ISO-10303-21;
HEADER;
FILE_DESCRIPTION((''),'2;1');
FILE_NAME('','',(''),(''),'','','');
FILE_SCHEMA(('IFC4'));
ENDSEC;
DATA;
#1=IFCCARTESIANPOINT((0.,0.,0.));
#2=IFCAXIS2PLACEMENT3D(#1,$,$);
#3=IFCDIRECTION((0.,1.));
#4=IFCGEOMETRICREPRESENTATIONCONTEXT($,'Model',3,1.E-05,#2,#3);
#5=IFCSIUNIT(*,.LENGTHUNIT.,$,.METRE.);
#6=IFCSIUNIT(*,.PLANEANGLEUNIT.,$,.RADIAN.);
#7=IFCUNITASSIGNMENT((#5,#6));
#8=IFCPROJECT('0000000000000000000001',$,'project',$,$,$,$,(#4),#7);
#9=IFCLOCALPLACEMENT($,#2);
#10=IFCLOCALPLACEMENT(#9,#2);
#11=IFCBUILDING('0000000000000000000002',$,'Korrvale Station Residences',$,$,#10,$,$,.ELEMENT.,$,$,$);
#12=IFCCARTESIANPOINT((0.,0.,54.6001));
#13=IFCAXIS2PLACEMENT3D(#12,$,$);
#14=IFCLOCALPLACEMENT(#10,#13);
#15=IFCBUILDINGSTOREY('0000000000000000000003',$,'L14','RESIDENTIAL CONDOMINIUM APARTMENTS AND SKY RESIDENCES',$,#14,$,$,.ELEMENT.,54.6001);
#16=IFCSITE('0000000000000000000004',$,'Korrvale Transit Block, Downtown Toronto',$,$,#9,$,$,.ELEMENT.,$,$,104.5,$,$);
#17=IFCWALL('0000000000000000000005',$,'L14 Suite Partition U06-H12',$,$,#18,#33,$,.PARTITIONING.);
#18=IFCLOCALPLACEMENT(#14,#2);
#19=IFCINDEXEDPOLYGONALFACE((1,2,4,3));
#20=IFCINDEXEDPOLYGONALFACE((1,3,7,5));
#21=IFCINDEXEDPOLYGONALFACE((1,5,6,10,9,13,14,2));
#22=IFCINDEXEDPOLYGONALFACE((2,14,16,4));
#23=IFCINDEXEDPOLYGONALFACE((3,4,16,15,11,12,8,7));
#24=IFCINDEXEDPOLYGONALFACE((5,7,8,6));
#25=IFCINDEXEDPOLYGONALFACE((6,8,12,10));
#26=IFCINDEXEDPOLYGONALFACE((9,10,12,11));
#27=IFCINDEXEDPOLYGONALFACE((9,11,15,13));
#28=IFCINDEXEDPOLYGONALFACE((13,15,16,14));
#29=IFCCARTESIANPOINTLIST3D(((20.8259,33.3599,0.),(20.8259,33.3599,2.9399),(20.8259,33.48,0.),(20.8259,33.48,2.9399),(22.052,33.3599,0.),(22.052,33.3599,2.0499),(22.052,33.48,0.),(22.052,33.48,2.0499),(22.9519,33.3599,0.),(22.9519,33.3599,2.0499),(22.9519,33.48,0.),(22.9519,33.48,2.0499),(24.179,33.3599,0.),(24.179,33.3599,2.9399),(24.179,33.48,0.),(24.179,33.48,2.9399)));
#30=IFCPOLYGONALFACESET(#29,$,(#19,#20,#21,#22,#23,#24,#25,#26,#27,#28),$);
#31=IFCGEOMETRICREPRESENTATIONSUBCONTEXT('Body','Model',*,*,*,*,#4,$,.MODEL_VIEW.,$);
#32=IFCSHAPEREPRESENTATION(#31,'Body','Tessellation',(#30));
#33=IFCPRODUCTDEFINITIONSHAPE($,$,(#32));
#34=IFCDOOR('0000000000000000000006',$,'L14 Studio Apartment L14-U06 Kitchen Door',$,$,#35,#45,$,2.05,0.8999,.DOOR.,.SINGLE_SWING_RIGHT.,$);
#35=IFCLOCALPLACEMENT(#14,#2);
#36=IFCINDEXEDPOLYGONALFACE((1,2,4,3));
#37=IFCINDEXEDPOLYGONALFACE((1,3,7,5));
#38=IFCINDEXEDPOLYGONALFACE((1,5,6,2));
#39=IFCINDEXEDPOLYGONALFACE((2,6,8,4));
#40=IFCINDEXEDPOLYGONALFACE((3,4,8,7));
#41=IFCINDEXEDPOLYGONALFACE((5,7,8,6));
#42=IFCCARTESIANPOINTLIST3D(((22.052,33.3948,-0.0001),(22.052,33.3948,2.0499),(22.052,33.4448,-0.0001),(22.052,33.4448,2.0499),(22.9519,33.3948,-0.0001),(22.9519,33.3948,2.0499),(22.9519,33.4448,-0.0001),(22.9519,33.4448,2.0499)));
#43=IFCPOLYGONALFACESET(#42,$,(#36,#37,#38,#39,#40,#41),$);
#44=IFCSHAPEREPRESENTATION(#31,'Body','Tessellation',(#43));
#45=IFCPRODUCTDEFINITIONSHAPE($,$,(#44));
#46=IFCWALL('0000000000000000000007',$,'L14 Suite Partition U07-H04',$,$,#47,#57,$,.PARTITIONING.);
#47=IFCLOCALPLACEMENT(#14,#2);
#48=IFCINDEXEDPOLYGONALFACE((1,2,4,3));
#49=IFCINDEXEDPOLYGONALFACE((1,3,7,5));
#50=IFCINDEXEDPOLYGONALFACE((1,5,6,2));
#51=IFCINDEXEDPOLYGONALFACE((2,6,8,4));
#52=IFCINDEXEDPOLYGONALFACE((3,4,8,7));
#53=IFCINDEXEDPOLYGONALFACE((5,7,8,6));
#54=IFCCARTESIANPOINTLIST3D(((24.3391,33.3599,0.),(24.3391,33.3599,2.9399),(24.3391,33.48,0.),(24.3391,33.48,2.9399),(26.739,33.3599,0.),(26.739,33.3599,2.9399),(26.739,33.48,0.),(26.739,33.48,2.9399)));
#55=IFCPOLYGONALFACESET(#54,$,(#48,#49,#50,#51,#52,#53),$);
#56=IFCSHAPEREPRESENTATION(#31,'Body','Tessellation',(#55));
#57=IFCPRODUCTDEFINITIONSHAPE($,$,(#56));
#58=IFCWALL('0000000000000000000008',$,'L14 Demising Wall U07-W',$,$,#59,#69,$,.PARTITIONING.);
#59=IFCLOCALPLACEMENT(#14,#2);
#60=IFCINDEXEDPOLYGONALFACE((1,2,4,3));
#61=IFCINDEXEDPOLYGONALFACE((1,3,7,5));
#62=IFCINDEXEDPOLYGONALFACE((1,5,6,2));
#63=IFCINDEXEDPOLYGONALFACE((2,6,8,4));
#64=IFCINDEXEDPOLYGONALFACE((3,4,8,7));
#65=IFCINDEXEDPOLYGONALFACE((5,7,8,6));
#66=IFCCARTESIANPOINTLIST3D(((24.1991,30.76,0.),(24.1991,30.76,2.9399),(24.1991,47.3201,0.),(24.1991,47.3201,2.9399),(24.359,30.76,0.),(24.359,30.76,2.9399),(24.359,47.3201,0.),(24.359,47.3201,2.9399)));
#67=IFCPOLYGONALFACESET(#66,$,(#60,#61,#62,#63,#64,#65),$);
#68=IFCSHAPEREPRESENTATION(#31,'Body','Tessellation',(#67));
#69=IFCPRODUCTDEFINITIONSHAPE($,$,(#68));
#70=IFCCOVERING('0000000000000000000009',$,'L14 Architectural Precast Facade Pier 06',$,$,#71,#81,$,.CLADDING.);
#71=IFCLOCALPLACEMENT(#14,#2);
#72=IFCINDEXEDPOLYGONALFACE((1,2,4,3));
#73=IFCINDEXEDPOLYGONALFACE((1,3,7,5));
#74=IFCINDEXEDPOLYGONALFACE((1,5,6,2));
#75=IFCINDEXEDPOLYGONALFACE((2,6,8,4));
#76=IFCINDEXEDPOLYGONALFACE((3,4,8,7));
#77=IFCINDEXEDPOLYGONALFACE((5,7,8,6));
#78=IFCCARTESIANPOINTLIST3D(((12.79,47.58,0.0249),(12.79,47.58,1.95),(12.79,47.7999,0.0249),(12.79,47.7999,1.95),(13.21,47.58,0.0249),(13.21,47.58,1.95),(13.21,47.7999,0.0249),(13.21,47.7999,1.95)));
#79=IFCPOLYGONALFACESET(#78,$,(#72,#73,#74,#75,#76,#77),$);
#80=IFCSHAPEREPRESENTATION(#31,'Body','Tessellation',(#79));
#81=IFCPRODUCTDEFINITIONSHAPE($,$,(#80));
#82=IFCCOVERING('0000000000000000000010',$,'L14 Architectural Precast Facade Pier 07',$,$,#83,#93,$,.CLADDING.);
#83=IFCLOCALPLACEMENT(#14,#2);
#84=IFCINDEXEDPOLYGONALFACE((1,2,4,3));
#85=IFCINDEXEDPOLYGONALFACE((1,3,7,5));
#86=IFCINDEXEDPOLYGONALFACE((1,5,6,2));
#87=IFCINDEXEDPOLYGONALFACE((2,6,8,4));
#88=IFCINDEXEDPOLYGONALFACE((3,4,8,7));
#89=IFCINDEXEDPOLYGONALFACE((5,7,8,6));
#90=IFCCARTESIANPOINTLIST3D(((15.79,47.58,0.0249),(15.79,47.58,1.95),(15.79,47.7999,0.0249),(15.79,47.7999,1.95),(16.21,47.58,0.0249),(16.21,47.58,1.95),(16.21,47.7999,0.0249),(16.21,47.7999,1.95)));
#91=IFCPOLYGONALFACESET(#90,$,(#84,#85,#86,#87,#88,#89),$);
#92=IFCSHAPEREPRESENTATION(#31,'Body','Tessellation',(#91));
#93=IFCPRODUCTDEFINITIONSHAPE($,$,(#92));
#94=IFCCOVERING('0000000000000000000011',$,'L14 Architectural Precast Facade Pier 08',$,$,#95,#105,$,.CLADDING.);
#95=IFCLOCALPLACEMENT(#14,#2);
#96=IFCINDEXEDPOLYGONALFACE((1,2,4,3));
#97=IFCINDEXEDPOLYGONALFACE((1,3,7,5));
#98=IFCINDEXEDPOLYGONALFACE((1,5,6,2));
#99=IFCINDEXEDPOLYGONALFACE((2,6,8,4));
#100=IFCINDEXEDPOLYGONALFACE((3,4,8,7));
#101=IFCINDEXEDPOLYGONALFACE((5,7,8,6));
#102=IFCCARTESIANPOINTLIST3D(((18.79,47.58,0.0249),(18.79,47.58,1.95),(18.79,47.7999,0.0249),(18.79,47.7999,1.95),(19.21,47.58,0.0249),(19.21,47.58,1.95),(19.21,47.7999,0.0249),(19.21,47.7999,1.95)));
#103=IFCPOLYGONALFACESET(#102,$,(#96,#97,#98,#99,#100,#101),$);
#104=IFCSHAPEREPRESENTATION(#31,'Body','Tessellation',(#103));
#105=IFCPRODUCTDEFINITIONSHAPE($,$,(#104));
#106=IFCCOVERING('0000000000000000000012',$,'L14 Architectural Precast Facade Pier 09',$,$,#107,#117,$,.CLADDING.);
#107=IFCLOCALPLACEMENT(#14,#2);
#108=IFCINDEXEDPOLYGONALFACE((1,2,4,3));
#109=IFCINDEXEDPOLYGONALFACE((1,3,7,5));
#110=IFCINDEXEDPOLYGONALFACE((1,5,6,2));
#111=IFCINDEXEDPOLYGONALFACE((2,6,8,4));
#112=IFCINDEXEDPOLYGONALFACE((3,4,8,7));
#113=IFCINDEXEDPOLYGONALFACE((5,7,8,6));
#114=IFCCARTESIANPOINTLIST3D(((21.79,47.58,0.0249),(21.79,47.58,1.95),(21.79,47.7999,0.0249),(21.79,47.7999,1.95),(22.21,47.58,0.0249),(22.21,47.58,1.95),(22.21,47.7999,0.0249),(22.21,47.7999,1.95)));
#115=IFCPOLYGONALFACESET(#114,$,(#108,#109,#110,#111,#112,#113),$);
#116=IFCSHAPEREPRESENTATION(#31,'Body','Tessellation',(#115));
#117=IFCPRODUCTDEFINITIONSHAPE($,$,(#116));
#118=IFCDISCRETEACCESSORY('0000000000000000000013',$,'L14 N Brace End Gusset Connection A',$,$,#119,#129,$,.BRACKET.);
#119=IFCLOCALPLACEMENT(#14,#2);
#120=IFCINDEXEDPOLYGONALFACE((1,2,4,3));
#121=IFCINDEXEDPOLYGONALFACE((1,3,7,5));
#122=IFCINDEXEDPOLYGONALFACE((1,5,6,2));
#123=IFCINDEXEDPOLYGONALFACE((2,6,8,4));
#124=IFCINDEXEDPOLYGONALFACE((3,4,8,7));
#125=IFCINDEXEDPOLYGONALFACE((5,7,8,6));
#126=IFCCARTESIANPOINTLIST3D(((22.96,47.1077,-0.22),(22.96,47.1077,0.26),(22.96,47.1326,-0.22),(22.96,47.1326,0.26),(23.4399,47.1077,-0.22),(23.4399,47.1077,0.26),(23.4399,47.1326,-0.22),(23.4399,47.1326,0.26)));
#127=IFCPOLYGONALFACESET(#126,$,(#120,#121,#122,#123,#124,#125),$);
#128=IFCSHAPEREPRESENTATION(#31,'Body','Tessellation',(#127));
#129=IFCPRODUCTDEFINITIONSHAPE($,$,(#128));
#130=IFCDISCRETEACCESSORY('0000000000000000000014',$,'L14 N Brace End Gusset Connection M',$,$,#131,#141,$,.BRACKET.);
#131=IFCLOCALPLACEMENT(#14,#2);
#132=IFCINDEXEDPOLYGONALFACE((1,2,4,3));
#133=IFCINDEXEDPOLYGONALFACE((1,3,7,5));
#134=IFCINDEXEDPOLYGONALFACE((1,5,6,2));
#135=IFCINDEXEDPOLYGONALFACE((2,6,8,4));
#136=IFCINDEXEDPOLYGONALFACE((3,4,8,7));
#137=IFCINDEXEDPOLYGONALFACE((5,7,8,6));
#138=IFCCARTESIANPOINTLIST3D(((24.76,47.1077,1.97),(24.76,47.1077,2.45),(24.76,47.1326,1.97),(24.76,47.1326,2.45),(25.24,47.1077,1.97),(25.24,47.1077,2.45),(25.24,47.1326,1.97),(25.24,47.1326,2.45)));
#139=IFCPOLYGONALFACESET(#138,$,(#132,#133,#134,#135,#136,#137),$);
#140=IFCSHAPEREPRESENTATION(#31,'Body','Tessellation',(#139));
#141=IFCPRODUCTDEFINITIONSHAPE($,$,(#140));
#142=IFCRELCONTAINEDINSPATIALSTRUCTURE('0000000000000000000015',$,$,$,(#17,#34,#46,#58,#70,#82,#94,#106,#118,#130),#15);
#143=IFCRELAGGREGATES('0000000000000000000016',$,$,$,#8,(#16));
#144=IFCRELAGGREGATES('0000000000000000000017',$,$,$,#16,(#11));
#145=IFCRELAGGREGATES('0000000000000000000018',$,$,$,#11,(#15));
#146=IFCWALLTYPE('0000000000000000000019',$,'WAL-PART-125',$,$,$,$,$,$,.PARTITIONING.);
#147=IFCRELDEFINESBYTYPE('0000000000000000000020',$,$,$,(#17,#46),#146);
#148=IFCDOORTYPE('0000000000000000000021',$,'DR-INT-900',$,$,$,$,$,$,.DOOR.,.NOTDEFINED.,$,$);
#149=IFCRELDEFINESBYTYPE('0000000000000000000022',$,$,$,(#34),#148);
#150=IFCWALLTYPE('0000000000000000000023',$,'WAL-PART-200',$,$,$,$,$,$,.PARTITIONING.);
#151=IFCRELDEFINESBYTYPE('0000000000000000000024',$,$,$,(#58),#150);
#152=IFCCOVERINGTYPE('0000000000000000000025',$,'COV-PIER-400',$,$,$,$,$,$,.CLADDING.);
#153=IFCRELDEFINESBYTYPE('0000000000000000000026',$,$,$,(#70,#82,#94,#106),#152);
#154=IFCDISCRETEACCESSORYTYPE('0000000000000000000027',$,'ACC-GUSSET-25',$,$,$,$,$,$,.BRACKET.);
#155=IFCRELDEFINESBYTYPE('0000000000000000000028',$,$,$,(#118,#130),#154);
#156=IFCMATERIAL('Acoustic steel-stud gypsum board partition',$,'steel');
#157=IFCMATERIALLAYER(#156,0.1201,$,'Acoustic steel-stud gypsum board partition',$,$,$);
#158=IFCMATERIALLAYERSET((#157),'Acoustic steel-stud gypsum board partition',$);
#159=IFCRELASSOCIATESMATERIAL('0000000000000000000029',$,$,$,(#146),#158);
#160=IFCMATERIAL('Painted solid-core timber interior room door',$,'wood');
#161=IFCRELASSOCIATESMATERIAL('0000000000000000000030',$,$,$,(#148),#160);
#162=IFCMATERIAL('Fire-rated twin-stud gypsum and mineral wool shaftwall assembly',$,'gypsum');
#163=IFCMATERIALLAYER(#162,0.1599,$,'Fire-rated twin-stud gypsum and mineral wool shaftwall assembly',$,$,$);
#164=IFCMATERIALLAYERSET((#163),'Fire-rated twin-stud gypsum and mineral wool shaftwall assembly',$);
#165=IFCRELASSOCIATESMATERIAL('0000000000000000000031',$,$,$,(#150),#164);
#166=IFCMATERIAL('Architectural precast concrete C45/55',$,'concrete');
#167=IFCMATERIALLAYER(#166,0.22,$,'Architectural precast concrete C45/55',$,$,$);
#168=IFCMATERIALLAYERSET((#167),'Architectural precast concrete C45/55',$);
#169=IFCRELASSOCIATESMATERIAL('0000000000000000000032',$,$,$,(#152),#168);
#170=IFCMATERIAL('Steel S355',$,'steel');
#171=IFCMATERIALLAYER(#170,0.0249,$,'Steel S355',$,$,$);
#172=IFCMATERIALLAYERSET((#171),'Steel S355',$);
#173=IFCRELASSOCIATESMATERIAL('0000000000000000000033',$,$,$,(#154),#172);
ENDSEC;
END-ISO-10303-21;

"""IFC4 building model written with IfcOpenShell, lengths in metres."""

from ifc_helpers import new_model, si_unit, direction, frame, frame_2d, origin, origin_2d, place, context, subcontext, project, spatial, rectangle, extrude, material, layer, layer_set, type_object, element, fill, save


model = new_model("IFC4")

# Units and contexts
model_context = context("Model", 3, precision=1e-05, world=origin(), true_north=direction((0.0, 1.0)))
body_context = subcontext(model_context, "Body", "Model", "MODEL_VIEW")
ifc_project = project(units=[si_unit("LENGTHUNIT", "METRE"), si_unit("PLANEANGLEUNIT", "RADIAN")], contexts=[model_context])

# Site, building, storey
site_placement = place(None, origin())
site = spatial("IfcSite", under=ifc_project, at=site_placement, Name="Korrvale Transit Block, Downtown Toronto", CompositionType="ELEMENT", RefElevation=104.5)
building_placement = place(site_placement, origin())
building = spatial("IfcBuilding", under=site, at=building_placement, Name="Korrvale Station Residences", CompositionType="ELEMENT")
storey_placement = place(building_placement, frame((0.0, 0.0, 54.6001)))
storey = spatial("IfcBuildingStorey", under=building, at=storey_placement, Name="L14", Description="RESIDENTIAL CONDOMINIUM APARTMENTS AND SKY RESIDENCES", CompositionType="ELEMENT", Elevation=54.6001)

# Shared definitions
ifc_material_1 = material(Name="Steel S355", Category="steel")

# Shared definitions
ifc_material_2 = material(Name="Acoustic steel-stud gypsum board partition", Category="steel")
ifc_layer_1 = layer(ifc_material_2, 0.1201, Name="Acoustic steel-stud gypsum board partition")
ifc_layer_set_1 = layer_set([ifc_layer_1], Name="Acoustic steel-stud gypsum board partition")
wall_type_1 = type_object("IfcWallType", Name="WAL-PART-125", PredefinedType="PARTITIONING", material=ifc_layer_set_1)
ifc_material_3 = material(Name="Painted solid-core timber interior room door", Category="wood")
door_type_1 = type_object("IfcDoorType", Name="DR-INT-900", OperationType="NOTDEFINED", PredefinedType="DOOR", material=ifc_material_3)

# Wall, opening, door
wall_1_placement = place(storey_placement, frame((20.8259, 33.4199, 0.0), z_axis=(0.0, 0.0, 1.0), x_axis=(1.0, 0.0, 0.0)))
wall_1 = element("IfcWall", 1, at=wall_1_placement, inside=storey, type_object=wall_type_1, Name="L14 Suite Partition U06-H12", PredefinedType="PARTITIONING", context=body_context, shape_type="SweptSolid", body=[
    extrude(rectangle(XDim=3.353, YDim=0.1201, at=frame_2d((1.6765, 0.0))), origin(), (0.0, 0.0, 1.0), 2.9399),
])
opening_1_placement = place(wall_1_placement, frame((1.2261, 0.0, 0.0)))
opening_1 = element("IfcOpeningElement", 2, at=opening_1_placement, cuts=wall_1, PredefinedType="OPENING", context=body_context, shape_type="SweptSolid", body=[
    extrude(rectangle(XDim=0.8999, YDim=2.05, at=frame_2d((0.45, 1.0249))), frame((0.0, 0.0701, 0.0), z_axis=(0.0, -1.0, 0.0), x_axis=(1.0, 0.0, 0.0)), (0.0, 0.0, 1.0), 0.1401),
])
door_1_placement = place(opening_1_placement, origin())
door_1 = element("IfcDoor", 3, at=door_1_placement, inside=storey, type_object=door_type_1, Name="L14 Studio Apartment L14-U06 Kitchen Door", OperationType="SINGLE_SWING_RIGHT", OverallHeight=2.05, OverallWidth=0.8999, PredefinedType="DOOR", context=body_context, shape_type="SweptSolid", body=[
    extrude(rectangle(XDim=0.8999, YDim=2.05, at=frame_2d((0.45, 1.0249))), frame((0.0, 0.0249, 0.0), z_axis=(0.0, -1.0, 0.0), x_axis=(1.0, 0.0, 0.0)), (0.0, 0.0, 1.0), 0.05),
])
fill(opening_1, door_1)

# Walls
wall_2_placement = place(storey_placement, frame((24.3391, 33.4199, 0.0), z_axis=(0.0, 0.0, 1.0), x_axis=(1.0, 0.0, 0.0)))
element("IfcWall", 4, at=wall_2_placement, inside=storey, type_object=wall_type_1, Name="L14 Suite Partition U07-H04", PredefinedType="PARTITIONING", context=body_context, shape_type="SweptSolid", body=[
    extrude(rectangle(XDim=2.3999, YDim=0.1201, at=frame_2d((1.2, 0.0))), origin(), (0.0, 0.0, 1.0), 2.9399),
])
ifc_material_4 = material(Name="Fire-rated twin-stud gypsum and mineral wool shaftwall assembly", Category="gypsum")
ifc_layer_2 = layer(ifc_material_4, 0.1599, Name="Fire-rated twin-stud gypsum and mineral wool shaftwall assembly")
ifc_layer_set_2 = layer_set([ifc_layer_2], Name="Fire-rated twin-stud gypsum and mineral wool shaftwall assembly")
wall_type_2 = type_object("IfcWallType", Name="WAL-PART-200", PredefinedType="PARTITIONING", material=ifc_layer_set_2)
wall_3_placement = place(storey_placement, frame((24.2791, 30.76, 0.0), z_axis=(0.0, 0.0, 1.0), x_axis=(0.0, 1.0, 0.0)))
element("IfcWall", 5, at=wall_3_placement, inside=storey, type_object=wall_type_2, Name="L14 Demising Wall U07-W", PredefinedType="PARTITIONING", context=body_context, shape_type="SweptSolid", body=[
    extrude(rectangle(XDim=16.5601, YDim=0.1599, at=frame_2d((8.28, 0.0))), origin(), (0.0, 0.0, 1.0), 2.9399),
])

# Coverings
ifc_material_5 = material(Name="Architectural precast concrete C45/55", Category="concrete")
ifc_layer_3 = layer(ifc_material_5, 0.22, Name="Architectural precast concrete C45/55")
ifc_layer_set_3 = layer_set([ifc_layer_3], Name="Architectural precast concrete C45/55")
covering_type = type_object("IfcCoveringType", Name="COV-PIER-400", PredefinedType="CLADDING", material=ifc_layer_set_3)
for number, where, z_axis, x_axis, name in (
    (6, (13.0, 47.6899, 0.0249), (0.0, 0.0, 1.0), (1.0, 0.0, 0.0), "L14 Architectural Precast Facade Pier 06"),
    (7, (16.0, 47.6899, 0.0249), (0.0, 0.0, 1.0), (1.0, 0.0, 0.0), "L14 Architectural Precast Facade Pier 07"),
    (8, (19.0, 47.6899, 0.0249), (0.0, 0.0, 1.0), (1.0, 0.0, 0.0), "L14 Architectural Precast Facade Pier 08"),
    (9, (22.0, 47.6899, 0.0249), (0.0, 0.0, 1.0), (1.0, 0.0, 0.0), "L14 Architectural Precast Facade Pier 09"),
):
    element("IfcCovering", number, at=place(storey_placement, frame(where, z_axis=z_axis, x_axis=x_axis)), inside=storey, type_object=covering_type, Name=name, PredefinedType="CLADDING", context=body_context, shape_type="SweptSolid", body=[
        extrude(rectangle(XDim=0.4199, YDim=0.22, at=origin_2d()), origin(), (0.0, 0.0, 1.0), 1.925),
    ])

# Discrete accessories
ifc_layer_4 = layer(ifc_material_1, 0.0249, Name="Steel S355")
ifc_layer_set_4 = layer_set([ifc_layer_4], Name="Steel S355")
discrete_accessory_type = type_object("IfcDiscreteAccessoryType", Name="ACC-GUSSET-25", PredefinedType="BRACKET", material=ifc_layer_set_4)
for number, where, z_axis, x_axis, name in (
    (10, (23.2, 47.1201, -0.22), (0.0, 0.0, 1.0), (1.0, 0.0, 0.0), "L14 N Brace End Gusset Connection A"),
    (11, (25.0, 47.1201, 1.97), (0.0, 0.0, 1.0), (1.0, 0.0, 0.0), "L14 N Brace End Gusset Connection M"),
):
    element("IfcDiscreteAccessory", number, at=place(storey_placement, frame(where, z_axis=z_axis, x_axis=x_axis)), inside=storey, type_object=discrete_accessory_type, Name=name, PredefinedType="BRACKET", context=body_context, shape_type="SweptSolid", body=[
        extrude(rectangle(XDim=0.48, YDim=0.0249, at=origin_2d()), origin(), (0.0, 0.0, 1.0), 0.48),
    ])

save(model, "model.ifc")
